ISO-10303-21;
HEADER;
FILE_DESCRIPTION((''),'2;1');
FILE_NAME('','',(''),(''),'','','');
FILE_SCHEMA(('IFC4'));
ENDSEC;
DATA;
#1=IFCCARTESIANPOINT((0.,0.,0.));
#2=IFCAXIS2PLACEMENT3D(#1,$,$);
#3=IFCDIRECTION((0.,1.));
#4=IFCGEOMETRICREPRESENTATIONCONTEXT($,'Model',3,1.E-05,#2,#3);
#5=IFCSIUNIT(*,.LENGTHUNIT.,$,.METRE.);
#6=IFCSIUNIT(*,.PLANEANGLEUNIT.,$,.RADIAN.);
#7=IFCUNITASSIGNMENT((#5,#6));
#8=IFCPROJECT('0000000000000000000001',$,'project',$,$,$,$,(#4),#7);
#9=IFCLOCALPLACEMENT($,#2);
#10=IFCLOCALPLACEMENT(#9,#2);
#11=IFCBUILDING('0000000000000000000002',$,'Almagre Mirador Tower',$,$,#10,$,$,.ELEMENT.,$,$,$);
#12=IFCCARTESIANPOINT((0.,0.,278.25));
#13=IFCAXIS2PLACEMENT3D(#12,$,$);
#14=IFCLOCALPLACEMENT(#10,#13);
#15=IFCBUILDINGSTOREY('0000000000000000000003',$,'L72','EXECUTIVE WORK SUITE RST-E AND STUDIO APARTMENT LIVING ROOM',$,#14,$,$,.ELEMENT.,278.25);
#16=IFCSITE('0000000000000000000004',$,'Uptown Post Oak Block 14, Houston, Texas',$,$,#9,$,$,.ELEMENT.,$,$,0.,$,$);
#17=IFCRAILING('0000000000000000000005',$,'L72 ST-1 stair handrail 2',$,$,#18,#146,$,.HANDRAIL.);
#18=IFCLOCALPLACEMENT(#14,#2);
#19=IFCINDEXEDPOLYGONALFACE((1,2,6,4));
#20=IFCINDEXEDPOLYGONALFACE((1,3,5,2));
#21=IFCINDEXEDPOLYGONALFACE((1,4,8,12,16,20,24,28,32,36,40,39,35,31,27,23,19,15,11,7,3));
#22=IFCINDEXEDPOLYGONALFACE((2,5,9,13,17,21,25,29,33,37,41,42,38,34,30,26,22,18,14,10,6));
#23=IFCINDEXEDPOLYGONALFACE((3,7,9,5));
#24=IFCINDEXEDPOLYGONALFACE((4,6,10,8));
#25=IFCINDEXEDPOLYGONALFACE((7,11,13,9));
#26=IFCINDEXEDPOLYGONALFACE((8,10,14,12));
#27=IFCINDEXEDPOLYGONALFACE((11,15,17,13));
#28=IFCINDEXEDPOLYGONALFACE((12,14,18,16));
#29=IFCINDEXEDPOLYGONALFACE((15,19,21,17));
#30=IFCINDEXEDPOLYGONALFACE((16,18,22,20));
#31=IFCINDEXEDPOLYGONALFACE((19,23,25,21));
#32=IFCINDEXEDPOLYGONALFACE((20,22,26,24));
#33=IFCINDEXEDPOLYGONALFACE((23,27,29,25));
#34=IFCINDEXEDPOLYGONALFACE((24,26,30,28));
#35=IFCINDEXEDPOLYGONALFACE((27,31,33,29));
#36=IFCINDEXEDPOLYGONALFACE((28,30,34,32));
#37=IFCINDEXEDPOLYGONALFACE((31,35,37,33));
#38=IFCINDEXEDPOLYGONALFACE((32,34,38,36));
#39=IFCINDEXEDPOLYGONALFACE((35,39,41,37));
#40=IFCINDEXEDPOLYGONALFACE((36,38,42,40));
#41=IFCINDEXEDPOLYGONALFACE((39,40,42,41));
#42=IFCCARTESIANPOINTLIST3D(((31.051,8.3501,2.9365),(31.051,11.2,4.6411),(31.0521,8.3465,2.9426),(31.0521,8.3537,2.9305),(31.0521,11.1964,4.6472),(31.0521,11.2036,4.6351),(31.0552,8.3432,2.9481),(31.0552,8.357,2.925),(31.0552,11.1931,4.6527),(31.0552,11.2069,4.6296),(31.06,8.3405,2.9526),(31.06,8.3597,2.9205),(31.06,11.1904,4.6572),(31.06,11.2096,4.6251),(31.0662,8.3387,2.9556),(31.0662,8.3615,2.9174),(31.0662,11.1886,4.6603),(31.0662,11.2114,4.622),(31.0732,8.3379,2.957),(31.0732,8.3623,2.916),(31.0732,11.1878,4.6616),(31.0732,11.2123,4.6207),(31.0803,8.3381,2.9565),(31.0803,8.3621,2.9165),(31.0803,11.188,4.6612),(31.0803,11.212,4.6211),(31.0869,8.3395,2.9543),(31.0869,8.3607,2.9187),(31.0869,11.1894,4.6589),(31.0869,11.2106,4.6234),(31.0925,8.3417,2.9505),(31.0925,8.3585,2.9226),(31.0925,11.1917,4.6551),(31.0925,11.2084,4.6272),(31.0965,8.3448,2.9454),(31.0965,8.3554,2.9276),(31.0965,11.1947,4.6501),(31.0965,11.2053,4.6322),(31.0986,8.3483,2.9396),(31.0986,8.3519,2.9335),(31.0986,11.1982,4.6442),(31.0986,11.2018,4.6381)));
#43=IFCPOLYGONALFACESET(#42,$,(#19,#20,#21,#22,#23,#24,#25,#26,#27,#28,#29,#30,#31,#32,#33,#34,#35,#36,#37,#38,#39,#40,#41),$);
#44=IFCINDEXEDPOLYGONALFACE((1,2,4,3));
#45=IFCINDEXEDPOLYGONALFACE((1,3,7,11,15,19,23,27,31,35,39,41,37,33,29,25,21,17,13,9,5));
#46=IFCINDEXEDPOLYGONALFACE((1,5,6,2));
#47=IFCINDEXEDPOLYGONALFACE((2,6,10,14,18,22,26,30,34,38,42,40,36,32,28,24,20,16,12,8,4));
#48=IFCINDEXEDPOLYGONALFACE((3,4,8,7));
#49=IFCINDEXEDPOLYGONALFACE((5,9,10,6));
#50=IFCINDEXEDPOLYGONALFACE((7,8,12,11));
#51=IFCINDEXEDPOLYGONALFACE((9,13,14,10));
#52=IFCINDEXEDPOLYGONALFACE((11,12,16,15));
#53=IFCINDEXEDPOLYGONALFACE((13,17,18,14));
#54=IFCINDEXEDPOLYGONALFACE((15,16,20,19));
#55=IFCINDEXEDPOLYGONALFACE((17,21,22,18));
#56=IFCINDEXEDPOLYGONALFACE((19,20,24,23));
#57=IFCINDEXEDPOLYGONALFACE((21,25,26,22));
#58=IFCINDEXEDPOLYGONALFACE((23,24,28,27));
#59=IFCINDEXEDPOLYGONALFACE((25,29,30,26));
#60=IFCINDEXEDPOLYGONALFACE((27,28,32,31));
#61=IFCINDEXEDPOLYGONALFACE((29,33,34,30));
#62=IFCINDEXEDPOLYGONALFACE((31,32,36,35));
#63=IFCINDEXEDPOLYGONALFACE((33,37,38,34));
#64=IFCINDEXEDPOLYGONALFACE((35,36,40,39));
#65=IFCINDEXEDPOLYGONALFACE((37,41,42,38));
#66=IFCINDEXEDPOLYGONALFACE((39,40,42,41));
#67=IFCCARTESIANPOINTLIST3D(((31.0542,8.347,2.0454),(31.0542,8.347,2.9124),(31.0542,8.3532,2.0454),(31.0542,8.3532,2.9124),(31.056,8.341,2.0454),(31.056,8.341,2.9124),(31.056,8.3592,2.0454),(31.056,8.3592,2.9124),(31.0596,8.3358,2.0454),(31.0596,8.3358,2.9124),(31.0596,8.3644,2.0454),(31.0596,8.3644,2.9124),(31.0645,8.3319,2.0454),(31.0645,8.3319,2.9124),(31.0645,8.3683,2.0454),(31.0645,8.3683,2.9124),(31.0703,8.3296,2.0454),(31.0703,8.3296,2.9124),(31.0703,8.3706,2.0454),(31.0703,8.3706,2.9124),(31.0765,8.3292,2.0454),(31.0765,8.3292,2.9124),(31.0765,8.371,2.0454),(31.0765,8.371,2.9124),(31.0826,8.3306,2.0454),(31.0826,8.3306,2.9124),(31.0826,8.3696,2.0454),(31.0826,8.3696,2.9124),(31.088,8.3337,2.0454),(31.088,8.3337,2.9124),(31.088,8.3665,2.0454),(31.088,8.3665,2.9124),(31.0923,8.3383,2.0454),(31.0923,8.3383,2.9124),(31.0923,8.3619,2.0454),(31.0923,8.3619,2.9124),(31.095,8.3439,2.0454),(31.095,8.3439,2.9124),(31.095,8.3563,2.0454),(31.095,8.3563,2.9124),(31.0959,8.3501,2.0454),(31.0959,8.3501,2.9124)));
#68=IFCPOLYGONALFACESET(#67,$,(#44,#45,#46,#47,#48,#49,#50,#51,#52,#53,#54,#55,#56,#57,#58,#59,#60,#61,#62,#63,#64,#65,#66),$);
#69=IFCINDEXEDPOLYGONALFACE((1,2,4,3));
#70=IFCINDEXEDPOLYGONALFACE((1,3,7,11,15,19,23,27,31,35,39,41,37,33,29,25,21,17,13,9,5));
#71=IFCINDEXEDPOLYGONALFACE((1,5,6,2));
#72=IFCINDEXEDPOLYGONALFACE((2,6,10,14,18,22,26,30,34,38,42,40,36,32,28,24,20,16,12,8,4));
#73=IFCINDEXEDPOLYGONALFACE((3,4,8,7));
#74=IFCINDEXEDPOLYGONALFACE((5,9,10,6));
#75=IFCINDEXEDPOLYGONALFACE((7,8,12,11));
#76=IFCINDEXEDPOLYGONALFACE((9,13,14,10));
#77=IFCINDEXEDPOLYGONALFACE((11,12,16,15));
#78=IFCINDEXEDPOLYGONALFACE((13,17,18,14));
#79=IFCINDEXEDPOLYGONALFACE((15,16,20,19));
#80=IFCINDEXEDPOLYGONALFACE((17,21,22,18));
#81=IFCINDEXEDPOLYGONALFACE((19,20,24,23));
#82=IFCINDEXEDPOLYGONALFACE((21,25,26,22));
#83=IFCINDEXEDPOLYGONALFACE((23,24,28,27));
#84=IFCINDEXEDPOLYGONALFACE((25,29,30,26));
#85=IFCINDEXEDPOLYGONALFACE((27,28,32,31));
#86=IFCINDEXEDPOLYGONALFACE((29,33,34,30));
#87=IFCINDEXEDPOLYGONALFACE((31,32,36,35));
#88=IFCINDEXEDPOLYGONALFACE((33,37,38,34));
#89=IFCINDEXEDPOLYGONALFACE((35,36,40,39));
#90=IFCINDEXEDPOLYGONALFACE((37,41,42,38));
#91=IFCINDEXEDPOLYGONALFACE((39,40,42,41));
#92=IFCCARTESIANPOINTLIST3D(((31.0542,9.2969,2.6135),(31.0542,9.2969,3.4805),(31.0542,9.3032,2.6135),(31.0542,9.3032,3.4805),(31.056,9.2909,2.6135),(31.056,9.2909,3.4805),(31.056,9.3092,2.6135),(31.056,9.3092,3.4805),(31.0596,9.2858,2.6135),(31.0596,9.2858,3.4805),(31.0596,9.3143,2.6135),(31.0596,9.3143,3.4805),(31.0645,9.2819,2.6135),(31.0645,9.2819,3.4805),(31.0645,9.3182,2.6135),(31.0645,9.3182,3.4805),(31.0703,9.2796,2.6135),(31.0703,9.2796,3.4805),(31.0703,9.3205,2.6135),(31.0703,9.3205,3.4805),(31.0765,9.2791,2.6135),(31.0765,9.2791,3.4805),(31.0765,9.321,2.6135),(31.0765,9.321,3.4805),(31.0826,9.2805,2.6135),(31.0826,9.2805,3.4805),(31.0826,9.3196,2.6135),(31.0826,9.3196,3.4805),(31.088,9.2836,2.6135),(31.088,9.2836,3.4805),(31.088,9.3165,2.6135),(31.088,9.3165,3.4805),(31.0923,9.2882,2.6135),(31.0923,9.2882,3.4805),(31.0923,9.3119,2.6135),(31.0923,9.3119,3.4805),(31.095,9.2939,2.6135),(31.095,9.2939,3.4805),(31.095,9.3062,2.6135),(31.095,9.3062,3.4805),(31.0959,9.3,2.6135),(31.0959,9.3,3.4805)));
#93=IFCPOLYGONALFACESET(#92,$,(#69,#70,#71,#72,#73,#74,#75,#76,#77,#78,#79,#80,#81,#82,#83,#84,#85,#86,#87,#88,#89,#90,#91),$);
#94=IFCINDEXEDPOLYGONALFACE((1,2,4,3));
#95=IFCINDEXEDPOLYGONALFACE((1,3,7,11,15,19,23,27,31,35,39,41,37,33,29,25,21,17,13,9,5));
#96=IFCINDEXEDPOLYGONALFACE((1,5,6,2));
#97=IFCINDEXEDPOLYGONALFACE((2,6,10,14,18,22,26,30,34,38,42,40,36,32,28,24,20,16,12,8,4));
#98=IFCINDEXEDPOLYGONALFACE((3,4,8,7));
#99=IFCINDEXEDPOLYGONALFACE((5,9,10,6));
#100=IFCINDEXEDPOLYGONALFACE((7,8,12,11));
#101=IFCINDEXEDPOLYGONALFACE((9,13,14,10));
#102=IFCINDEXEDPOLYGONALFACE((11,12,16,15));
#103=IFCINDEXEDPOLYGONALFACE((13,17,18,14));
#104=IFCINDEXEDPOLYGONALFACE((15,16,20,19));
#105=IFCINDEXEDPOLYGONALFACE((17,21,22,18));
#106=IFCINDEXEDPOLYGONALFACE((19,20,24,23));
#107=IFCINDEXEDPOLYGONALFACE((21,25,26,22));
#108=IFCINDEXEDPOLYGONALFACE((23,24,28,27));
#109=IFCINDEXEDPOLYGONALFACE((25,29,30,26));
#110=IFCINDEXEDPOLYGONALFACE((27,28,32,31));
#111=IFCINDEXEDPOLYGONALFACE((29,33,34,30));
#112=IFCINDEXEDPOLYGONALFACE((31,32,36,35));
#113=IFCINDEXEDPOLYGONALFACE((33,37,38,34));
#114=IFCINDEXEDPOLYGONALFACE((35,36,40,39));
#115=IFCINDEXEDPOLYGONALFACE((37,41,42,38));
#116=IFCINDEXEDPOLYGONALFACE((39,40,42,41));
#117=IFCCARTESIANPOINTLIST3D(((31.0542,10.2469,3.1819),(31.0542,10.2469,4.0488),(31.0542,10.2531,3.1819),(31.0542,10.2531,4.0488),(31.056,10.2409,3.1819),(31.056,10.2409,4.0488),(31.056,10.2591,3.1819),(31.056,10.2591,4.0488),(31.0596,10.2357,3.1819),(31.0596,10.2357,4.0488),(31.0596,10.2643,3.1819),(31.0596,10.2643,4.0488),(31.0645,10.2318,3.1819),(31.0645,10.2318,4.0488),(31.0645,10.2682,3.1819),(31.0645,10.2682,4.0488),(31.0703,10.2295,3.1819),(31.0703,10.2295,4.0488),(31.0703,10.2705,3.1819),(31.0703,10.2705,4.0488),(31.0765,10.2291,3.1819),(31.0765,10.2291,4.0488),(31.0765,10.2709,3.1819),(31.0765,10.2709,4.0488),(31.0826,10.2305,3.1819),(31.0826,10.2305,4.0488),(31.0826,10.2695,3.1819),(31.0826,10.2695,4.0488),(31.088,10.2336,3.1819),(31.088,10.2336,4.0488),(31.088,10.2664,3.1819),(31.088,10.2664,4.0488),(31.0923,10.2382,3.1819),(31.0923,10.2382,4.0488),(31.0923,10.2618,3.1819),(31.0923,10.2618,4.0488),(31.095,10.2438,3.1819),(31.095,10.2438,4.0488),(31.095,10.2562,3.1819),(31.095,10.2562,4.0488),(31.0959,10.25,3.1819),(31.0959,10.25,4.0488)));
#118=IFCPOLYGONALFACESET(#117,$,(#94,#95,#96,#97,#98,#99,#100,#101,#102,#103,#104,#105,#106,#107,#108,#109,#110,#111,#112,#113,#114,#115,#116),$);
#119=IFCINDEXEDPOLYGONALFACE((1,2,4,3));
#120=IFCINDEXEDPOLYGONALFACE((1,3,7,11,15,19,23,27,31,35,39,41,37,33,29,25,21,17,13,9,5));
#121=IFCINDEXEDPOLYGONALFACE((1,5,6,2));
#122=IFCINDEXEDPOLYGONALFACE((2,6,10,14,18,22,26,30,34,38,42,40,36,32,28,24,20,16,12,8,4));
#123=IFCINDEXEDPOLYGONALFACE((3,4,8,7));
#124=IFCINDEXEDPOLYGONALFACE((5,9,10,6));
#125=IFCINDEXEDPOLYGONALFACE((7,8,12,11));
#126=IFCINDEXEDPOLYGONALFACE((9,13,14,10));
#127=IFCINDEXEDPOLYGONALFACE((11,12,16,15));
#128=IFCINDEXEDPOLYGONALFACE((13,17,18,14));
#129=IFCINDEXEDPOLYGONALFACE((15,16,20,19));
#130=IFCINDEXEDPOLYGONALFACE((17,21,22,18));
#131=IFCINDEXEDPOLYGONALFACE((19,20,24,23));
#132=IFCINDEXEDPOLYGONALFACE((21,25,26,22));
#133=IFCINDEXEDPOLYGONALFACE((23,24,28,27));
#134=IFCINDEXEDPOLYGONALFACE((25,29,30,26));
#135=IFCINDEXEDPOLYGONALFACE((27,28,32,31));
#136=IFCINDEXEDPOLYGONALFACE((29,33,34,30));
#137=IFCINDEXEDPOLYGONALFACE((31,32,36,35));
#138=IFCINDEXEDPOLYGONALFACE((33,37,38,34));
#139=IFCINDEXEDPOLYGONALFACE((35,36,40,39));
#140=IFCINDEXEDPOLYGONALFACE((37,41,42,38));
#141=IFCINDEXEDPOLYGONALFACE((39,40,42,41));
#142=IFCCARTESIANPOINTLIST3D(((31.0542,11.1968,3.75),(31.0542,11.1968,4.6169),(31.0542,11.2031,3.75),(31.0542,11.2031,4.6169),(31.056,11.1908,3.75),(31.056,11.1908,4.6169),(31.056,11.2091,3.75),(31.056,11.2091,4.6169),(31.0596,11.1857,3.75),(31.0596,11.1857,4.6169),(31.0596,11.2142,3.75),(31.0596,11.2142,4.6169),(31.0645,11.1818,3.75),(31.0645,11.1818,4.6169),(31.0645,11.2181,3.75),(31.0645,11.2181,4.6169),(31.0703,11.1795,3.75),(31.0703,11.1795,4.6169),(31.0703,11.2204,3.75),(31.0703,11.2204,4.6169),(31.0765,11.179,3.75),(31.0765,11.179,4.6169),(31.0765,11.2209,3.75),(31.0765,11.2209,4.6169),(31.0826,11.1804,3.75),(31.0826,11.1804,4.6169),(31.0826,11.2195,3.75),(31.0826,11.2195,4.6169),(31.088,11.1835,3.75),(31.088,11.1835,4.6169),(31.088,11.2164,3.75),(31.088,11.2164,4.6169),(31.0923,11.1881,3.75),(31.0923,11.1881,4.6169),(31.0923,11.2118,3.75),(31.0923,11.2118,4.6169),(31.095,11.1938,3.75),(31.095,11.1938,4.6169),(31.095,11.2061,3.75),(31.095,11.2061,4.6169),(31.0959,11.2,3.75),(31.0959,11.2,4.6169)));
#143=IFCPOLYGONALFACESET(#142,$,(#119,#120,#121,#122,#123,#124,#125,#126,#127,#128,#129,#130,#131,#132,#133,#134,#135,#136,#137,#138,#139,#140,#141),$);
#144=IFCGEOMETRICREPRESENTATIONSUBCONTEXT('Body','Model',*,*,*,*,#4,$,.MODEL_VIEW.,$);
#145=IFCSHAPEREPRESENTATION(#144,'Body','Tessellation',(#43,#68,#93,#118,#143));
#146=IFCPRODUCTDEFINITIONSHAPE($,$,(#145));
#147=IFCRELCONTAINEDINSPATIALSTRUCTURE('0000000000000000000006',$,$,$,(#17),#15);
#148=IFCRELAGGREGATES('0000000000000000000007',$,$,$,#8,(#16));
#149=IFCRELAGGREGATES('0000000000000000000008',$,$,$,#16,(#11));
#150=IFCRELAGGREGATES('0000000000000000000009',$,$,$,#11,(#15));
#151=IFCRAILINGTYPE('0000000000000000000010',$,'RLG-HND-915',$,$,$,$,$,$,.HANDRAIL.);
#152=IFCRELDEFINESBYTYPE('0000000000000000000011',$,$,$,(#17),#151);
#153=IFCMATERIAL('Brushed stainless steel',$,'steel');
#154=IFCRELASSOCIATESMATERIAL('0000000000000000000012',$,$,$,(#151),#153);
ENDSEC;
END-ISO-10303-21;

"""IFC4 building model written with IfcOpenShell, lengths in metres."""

from ifc_helpers import new_model, si_unit, direction, frame, origin, origin_2d, place, context, subcontext, project, spatial, circle, extrude, material, type_object, element, save


model = new_model("IFC4")

# Units and contexts
model_context = context("Model", 3, precision=1e-05, world=origin(), true_north=direction((0.0, 1.0)))
body_context = subcontext(model_context, "Body", "Model", "MODEL_VIEW")
ifc_project = project(units=[si_unit("LENGTHUNIT", "METRE"), si_unit("PLANEANGLEUNIT", "RADIAN")], contexts=[model_context])

# Site, building, storey
site_placement = place(None, origin())
site = spatial("IfcSite", under=ifc_project, at=site_placement, Name="Uptown Post Oak Block 14, Houston, Texas", CompositionType="ELEMENT", RefElevation=0.0)
building_placement = place(site_placement, origin())
building = spatial("IfcBuilding", under=site, at=building_placement, Name="Almagre Mirador Tower", CompositionType="ELEMENT")
storey_placement = place(building_placement, frame((0.0, 0.0, 278.25)))
storey = spatial("IfcBuildingStorey", under=building, at=storey_placement, Name="L72", Description="EXECUTIVE WORK SUITE RST-E AND STUDIO APARTMENT LIVING ROOM", CompositionType="ELEMENT", Elevation=278.25)

# Railing
ifc_material_1 = material(Name="Brushed stainless steel", Category="steel")
railing_type = type_object("IfcRailingType", Name="RLG-HND-915", PredefinedType="HANDRAIL", material=ifc_material_1)
railing_1_placement = place(storey_placement, frame((31.075, 8.3501, 2.0454)))
element("IfcRailing", 1, at=railing_1_placement, inside=storey, type_object=railing_type, Name="L72 ST-1 stair handrail 2", PredefinedType="HANDRAIL", context=body_context, shape_type="SweptSolid", body=[
    extrude(circle(Radius=0.0239, at=origin_2d()), frame((0.0, 0.0, 0.8911), z_axis=(0.0, 0.858199, 0.513317), x_axis=(-1.0, 0.0, 0.0)), (0.0, 0.0, 1.0), 3.3208),
    extrude(circle(Radius=0.021, at=origin_2d()), origin(), (0.0, 0.0, 1.0), 0.8669),
    extrude(circle(Radius=0.021, at=origin_2d()), frame((0.0, 0.95, 0.5681)), (0.0, 0.0, 1.0), 0.8669),
    extrude(circle(Radius=0.021, at=origin_2d()), frame((0.0, 1.8999, 1.1365)), (0.0, 0.0, 1.0), 0.8669),
    extrude(circle(Radius=0.021, at=origin_2d()), frame((0.0, 2.8499, 1.7046)), (0.0, 0.0, 1.0), 0.8669),
])

save(model, "model.ifc")
